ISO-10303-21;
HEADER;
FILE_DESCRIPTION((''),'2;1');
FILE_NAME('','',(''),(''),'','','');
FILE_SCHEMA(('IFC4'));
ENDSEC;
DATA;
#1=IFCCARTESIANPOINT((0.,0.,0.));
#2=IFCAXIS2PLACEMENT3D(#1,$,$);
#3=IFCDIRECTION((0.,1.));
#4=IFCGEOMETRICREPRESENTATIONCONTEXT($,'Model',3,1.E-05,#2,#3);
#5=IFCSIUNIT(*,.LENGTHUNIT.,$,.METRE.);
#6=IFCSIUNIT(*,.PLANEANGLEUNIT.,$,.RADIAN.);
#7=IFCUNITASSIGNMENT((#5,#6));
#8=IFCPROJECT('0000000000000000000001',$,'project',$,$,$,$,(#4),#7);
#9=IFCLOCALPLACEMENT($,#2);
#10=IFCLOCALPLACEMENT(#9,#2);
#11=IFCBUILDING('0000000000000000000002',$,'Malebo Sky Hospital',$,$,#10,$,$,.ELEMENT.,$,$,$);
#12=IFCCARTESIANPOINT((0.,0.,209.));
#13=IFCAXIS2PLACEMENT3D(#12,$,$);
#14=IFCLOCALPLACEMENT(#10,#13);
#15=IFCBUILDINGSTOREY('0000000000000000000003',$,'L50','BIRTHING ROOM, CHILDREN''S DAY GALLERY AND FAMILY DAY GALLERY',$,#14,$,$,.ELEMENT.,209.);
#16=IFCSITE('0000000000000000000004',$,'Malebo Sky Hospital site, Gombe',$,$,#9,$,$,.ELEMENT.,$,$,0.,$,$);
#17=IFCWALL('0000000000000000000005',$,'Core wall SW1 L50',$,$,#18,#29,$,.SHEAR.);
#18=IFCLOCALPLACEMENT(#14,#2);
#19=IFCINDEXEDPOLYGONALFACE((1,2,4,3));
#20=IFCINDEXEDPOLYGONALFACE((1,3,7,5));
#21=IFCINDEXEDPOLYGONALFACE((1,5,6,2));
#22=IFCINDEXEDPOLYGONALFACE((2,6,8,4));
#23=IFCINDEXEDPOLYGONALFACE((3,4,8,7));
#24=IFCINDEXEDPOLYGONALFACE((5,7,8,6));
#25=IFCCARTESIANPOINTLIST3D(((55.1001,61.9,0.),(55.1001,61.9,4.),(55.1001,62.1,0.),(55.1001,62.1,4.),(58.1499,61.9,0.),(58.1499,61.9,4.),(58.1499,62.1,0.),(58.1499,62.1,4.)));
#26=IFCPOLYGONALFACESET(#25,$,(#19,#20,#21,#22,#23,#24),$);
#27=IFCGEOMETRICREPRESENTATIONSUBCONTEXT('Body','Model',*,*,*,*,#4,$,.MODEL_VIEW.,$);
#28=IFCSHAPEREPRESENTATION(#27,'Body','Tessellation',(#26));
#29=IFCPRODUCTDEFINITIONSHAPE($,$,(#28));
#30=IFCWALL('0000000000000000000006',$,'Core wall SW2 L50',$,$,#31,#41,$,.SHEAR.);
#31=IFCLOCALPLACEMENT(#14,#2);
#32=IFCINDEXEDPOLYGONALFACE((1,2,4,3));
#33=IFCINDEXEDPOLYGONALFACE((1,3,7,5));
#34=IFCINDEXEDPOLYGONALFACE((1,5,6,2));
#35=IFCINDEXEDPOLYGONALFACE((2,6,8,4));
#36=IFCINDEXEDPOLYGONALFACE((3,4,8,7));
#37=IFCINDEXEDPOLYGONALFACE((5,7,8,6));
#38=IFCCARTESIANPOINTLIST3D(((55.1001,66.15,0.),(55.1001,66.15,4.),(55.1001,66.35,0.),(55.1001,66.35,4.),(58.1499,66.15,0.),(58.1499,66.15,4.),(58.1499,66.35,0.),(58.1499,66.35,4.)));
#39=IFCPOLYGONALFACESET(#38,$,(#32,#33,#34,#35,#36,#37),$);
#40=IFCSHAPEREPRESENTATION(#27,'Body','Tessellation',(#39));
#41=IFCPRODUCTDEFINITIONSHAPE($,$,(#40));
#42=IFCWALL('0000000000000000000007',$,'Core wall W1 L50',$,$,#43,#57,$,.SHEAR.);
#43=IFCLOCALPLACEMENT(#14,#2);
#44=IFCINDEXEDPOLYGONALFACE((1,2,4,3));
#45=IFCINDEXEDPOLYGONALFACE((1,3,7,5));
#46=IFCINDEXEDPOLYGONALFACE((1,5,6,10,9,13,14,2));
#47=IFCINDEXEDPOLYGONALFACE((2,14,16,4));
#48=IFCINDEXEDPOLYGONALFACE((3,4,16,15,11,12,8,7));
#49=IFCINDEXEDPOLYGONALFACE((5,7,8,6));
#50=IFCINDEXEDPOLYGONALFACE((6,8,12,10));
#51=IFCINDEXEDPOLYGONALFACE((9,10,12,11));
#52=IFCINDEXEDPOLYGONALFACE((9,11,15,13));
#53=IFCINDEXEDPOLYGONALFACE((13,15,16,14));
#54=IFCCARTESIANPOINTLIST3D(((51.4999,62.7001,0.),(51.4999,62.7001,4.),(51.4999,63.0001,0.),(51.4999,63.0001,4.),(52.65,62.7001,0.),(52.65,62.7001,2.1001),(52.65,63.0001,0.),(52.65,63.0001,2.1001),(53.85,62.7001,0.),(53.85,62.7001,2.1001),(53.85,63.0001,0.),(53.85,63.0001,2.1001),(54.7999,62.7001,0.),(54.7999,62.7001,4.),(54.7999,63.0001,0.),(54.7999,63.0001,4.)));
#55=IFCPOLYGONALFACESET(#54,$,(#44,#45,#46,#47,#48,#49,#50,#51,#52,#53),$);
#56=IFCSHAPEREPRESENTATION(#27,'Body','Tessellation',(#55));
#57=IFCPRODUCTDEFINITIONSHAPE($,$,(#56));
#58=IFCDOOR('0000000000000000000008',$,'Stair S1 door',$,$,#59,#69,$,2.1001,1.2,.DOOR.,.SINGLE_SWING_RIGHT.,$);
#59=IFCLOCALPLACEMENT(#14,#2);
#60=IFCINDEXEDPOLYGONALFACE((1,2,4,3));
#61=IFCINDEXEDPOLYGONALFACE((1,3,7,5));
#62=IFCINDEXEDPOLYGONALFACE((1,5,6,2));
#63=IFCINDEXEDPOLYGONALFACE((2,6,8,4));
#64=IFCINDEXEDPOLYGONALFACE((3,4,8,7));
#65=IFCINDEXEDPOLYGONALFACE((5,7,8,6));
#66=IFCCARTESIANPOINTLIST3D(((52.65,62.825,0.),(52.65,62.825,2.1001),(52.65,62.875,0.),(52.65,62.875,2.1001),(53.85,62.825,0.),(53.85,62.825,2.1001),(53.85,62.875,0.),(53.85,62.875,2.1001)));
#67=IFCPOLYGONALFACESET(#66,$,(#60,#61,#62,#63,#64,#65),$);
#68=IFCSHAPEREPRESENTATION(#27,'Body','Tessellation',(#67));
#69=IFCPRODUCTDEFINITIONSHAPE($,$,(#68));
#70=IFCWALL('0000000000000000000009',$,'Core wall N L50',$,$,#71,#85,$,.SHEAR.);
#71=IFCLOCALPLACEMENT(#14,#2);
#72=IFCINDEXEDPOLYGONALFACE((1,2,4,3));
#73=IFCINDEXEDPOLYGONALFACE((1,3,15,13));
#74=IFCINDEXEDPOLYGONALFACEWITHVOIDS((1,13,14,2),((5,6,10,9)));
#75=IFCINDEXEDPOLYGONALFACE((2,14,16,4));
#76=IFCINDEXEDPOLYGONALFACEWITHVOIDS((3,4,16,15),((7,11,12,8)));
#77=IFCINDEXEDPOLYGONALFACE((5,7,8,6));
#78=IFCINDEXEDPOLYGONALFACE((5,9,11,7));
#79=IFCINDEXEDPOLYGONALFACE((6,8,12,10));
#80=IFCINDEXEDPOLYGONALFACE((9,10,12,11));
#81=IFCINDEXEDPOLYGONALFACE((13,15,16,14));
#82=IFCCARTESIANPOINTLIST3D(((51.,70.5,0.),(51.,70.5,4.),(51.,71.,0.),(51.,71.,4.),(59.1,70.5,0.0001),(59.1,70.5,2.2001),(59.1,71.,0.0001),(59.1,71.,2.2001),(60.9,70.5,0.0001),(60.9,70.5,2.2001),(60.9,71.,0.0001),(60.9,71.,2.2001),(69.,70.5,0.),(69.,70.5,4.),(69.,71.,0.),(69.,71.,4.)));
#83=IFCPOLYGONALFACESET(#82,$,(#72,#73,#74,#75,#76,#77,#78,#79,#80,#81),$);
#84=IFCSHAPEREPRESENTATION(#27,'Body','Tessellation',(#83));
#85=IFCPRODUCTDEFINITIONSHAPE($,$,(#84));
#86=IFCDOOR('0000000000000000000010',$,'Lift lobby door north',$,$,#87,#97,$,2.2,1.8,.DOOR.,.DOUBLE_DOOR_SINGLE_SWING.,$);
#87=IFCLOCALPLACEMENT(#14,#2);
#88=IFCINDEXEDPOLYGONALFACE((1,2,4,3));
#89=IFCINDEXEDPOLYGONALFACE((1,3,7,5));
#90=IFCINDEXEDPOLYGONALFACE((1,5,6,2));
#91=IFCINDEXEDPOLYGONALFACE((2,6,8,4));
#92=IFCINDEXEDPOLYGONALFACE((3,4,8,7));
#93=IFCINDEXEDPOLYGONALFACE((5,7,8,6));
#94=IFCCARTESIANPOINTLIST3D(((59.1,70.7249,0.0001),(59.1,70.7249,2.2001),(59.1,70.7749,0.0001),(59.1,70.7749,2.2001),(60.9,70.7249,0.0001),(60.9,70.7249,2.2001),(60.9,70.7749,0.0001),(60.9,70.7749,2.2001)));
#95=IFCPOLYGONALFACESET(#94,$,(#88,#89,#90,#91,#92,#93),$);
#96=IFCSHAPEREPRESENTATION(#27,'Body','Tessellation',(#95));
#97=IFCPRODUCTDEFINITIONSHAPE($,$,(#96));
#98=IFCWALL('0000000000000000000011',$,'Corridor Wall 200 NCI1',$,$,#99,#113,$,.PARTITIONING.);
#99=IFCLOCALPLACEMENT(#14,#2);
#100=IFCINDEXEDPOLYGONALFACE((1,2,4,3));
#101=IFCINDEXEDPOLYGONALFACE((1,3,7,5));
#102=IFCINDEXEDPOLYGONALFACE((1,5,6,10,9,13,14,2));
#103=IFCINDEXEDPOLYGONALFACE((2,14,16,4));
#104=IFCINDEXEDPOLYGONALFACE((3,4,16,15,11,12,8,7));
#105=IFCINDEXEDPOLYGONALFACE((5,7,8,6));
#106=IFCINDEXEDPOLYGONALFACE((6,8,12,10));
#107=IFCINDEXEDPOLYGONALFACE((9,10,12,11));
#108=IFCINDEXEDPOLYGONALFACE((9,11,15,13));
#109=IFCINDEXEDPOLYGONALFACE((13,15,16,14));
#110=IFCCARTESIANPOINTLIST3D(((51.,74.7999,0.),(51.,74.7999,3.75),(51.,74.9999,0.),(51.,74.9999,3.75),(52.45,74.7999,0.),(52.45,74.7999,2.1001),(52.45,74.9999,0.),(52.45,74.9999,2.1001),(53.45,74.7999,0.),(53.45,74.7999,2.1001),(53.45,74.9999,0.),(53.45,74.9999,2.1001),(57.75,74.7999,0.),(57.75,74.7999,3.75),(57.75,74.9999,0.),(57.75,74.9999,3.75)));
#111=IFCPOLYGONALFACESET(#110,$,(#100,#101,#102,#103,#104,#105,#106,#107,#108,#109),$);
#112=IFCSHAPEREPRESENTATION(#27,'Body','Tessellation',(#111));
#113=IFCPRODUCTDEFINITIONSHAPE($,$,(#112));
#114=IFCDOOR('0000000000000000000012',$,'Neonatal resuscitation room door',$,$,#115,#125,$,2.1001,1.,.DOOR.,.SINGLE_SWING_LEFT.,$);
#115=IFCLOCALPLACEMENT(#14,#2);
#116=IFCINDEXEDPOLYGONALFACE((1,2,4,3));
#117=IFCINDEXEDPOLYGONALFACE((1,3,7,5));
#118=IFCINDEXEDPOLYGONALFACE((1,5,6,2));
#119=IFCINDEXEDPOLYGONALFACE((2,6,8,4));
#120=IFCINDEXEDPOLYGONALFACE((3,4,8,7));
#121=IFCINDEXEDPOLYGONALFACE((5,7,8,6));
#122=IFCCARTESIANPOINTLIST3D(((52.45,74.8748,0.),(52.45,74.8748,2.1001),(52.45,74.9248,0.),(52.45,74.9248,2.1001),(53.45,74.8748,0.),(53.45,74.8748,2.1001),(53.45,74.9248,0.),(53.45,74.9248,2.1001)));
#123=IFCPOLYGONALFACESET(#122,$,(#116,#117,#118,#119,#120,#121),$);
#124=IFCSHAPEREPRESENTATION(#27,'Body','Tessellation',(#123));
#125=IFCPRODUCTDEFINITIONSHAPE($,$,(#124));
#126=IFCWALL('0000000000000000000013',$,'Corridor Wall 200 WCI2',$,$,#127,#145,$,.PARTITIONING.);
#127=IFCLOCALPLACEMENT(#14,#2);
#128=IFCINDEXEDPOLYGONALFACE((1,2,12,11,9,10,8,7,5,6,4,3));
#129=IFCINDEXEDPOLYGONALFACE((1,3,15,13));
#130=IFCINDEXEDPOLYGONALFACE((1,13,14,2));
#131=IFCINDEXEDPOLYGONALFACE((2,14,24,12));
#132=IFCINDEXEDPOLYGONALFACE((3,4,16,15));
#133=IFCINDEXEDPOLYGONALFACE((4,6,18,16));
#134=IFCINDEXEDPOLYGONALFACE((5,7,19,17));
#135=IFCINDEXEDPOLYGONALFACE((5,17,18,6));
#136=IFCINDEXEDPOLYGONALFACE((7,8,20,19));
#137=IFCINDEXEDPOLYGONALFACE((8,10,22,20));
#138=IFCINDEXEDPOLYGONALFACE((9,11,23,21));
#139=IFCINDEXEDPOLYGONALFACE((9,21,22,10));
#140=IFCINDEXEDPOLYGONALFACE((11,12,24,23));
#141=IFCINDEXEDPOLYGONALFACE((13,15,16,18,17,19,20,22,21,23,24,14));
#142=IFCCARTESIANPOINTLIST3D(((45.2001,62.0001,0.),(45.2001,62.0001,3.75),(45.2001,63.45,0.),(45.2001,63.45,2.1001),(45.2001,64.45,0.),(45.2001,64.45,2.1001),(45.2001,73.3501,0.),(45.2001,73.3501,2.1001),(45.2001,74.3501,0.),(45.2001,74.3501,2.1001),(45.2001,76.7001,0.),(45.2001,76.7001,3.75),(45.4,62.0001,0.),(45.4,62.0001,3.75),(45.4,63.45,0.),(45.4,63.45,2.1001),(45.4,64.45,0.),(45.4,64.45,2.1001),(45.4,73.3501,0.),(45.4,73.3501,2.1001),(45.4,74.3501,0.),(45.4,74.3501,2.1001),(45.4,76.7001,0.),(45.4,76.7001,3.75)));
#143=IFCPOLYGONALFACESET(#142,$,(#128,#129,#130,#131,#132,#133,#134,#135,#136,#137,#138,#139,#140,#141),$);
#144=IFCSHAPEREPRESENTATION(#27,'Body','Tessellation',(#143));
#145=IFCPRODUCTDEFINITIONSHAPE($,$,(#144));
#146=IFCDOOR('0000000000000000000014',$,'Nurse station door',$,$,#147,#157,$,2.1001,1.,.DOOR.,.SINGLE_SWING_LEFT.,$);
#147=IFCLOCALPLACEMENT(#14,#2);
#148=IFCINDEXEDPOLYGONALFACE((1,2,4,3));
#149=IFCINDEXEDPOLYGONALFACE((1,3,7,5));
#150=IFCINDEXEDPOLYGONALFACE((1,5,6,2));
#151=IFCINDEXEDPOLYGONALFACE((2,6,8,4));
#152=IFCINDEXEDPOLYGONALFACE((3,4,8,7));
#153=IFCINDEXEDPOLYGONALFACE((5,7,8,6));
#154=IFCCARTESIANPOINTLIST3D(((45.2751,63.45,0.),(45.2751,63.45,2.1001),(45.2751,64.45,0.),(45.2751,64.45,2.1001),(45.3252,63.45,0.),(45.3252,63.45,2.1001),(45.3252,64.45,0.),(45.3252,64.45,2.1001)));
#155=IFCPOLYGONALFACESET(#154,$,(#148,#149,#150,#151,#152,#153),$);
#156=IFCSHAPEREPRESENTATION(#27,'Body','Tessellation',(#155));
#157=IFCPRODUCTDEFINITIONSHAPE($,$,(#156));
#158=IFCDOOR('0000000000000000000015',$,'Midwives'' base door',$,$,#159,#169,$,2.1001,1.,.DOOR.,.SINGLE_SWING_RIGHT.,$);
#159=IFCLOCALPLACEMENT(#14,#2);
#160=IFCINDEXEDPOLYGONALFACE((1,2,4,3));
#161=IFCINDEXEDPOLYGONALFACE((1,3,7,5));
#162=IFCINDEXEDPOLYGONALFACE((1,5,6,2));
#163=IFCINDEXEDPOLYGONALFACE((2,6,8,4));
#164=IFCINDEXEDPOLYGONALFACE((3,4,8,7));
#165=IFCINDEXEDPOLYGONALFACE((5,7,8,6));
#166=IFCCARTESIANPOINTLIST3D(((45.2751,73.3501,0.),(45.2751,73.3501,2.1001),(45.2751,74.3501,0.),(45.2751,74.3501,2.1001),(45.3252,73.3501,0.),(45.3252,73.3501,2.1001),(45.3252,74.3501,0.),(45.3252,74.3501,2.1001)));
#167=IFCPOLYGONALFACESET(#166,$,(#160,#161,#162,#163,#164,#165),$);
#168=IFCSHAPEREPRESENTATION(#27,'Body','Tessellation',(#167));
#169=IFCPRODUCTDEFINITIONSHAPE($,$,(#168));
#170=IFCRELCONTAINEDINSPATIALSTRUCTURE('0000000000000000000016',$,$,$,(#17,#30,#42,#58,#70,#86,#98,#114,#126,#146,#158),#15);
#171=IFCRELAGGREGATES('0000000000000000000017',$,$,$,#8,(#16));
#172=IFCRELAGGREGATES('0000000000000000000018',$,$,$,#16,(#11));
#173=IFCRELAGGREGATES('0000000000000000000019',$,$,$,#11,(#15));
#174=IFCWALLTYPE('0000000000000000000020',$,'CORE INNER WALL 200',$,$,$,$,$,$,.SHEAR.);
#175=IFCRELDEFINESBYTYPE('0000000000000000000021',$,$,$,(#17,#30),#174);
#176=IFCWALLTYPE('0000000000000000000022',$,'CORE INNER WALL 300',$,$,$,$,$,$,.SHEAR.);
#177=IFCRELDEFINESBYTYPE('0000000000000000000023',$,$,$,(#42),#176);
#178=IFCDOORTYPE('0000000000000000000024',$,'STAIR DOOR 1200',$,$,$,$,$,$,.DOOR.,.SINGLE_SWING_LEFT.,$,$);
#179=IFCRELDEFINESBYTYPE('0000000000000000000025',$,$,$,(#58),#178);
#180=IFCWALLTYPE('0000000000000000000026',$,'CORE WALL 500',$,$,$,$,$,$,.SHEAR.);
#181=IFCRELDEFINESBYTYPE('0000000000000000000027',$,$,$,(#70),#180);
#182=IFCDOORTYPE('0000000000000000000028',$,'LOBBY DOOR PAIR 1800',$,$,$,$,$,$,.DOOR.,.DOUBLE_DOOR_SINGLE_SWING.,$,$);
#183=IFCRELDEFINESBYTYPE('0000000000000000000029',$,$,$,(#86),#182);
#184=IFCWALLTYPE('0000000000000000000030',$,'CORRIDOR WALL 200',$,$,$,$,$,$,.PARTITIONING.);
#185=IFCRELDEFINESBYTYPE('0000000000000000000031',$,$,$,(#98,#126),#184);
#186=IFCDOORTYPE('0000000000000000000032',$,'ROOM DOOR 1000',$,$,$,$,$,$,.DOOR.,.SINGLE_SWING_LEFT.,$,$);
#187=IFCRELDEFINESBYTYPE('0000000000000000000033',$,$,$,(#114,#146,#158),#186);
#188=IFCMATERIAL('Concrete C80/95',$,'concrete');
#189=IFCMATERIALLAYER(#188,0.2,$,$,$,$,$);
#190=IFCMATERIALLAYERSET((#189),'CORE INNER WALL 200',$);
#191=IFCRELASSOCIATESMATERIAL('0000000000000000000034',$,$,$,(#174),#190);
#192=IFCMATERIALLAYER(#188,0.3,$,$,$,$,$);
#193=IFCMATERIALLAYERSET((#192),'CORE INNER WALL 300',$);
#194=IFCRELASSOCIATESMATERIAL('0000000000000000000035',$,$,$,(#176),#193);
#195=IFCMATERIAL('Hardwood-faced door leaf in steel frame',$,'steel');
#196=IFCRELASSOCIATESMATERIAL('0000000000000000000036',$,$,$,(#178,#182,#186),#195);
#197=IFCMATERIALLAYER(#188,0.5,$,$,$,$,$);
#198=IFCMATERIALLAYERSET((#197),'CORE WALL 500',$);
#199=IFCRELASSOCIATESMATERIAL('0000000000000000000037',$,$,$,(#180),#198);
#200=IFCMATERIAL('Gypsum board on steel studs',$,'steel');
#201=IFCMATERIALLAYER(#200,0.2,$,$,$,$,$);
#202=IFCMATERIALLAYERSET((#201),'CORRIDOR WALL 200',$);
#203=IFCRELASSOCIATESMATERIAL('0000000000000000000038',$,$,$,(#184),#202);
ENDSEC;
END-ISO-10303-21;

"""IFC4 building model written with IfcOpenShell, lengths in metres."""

from ifc_helpers import new_model, si_unit, direction, frame, frame_2d, origin, place, context, subcontext, project, spatial, rectangle, extrude, material, layer, layer_set, type_object, element, fill, save


model = new_model("IFC4")

# Units and contexts
model_context = context("Model", 3, precision=1e-05, world=origin(), true_north=direction((0.0, 1.0)))
body_context = subcontext(model_context, "Body", "Model", "MODEL_VIEW")
ifc_project = project(units=[si_unit("LENGTHUNIT", "METRE"), si_unit("PLANEANGLEUNIT", "RADIAN")], contexts=[model_context])

# Site, building, storey
site_placement = place(None, origin())
site = spatial("IfcSite", under=ifc_project, at=site_placement, Name="Malebo Sky Hospital site, Gombe", CompositionType="ELEMENT", RefElevation=0.0)
building_placement = place(site_placement, origin())
building = spatial("IfcBuilding", under=site, at=building_placement, Name="Malebo Sky Hospital", CompositionType="ELEMENT")
storey_placement = place(building_placement, frame((0.0, 0.0, 209.0)))
storey = spatial("IfcBuildingStorey", under=building, at=storey_placement, Name="L50", Description="BIRTHING ROOM, CHILDREN'S DAY GALLERY AND FAMILY DAY GALLERY", CompositionType="ELEMENT", Elevation=209.0)

# Walls
ifc_material_1 = material(Name="Concrete C80/95", Category="concrete")
ifc_layer_1 = layer(ifc_material_1, 0.2)
ifc_layer_set_1 = layer_set([ifc_layer_1], Name="CORE INNER WALL 200")
wall_type_1 = type_object("IfcWallType", Name="CORE INNER WALL 200", PredefinedType="SHEAR", material=ifc_layer_set_1)
for number, where, z_axis, x_axis, name in (
    (1, (55.1001, 62.0, 0.0), (0.0, 0.0, 1.0), (1.0, 0.0, 0.0), "Core wall SW1 L50"),
    (2, (55.1001, 66.25, 0.0), (0.0, 0.0, 1.0), (1.0, 0.0, 0.0), "Core wall SW2 L50"),
):
    element("IfcWall", number, at=place(storey_placement, frame(where, z_axis=z_axis, x_axis=x_axis)), inside=storey, type_object=wall_type_1, Name=name, PredefinedType="SHEAR", context=body_context, shape_type="SweptSolid", body=[
        extrude(rectangle(XDim=3.0498, YDim=0.2, at=frame_2d((1.5249, 0.0))), origin(), (0.0, 0.0, 1.0), 4.0),
    ])

# Walls, openings, doors
ifc_layer_2 = layer(ifc_material_1, 0.3)
ifc_layer_set_2 = layer_set([ifc_layer_2], Name="CORE INNER WALL 300")
wall_type_2 = type_object("IfcWallType", Name="CORE INNER WALL 300", PredefinedType="SHEAR", material=ifc_layer_set_2)
wall_1_placement = place(storey_placement, frame((51.5, 62.8501, 0.0), z_axis=(0.0, 0.0, 1.0), x_axis=(1.0, 0.0, 0.0)))
wall_1 = element("IfcWall", 3, at=wall_1_placement, inside=storey, type_object=wall_type_2, Name="Core wall W1 L50", PredefinedType="SHEAR", context=body_context, shape_type="SweptSolid", body=[
    extrude(rectangle(XDim=3.3, YDim=0.3, at=frame_2d((1.6499, 0.0))), origin(), (0.0, 0.0, 1.0), 4.0),
])
opening_1_placement = place(wall_1_placement, frame((1.1499, 0.0, 0.0)))
opening_1 = element("IfcOpeningElement", 4, at=opening_1_placement, cuts=wall_1, PredefinedType="OPENING", context=body_context, shape_type="SweptSolid", body=[
    extrude(rectangle(XDim=1.2, YDim=2.1001, at=frame_2d((0.6001, 1.05))), frame((0.0, 0.1599, 0.0), z_axis=(0.0, -1.0, 0.0), x_axis=(1.0, 0.0, 0.0)), (0.0, 0.0, 1.0), 0.3201),
])
ifc_material_2 = material(Name="Hardwood-faced door leaf in steel frame", Category="steel")
door_type_1 = type_object("IfcDoorType", Name="STAIR DOOR 1200", OperationType="SINGLE_SWING_LEFT", PredefinedType="DOOR", material=ifc_material_2)
door_1_placement = place(opening_1_placement, origin())
door_1 = element("IfcDoor", 5, at=door_1_placement, inside=storey, type_object=door_type_1, Name="Stair S1 door", OperationType="SINGLE_SWING_RIGHT", OverallHeight=2.1001, OverallWidth=1.2, PredefinedType="DOOR", context=body_context, shape_type="SweptSolid", body=[
    extrude(rectangle(XDim=1.2, YDim=2.1001, at=frame_2d((0.6001, 1.05))), frame((0.0, 0.0249, 0.0), z_axis=(0.0, -1.0, 0.0), x_axis=(1.0, 0.0, 0.0)), (0.0, 0.0, 1.0), 0.05),
])
fill(opening_1, door_1)
ifc_layer_3 = layer(ifc_material_1, 0.5)
ifc_layer_set_3 = layer_set([ifc_layer_3], Name="CORE WALL 500")
wall_type_3 = type_object("IfcWallType", Name="CORE WALL 500", PredefinedType="SHEAR", material=ifc_layer_set_3)
wall_2_placement = place(storey_placement, frame((51.0, 70.75, 0.0), z_axis=(0.0, 0.0, 1.0), x_axis=(1.0, 0.0, 0.0)))
wall_2 = element("IfcWall", 6, at=wall_2_placement, inside=storey, type_object=wall_type_3, Name="Core wall N L50", PredefinedType="SHEAR", context=body_context, shape_type="SweptSolid", body=[
    extrude(rectangle(XDim=18.0, YDim=0.5, at=frame_2d((9.0, 0.0))), origin(), (0.0, 0.0, 1.0), 4.0),
])
opening_2_placement = place(wall_2_placement, frame((8.1001, 0.0, 0.0)))
opening_2 = element("IfcOpeningElement", 7, at=opening_2_placement, cuts=wall_2, PredefinedType="OPENING", context=body_context, shape_type="SweptSolid", body=[
    extrude(rectangle(XDim=1.8, YDim=2.2, at=frame_2d((0.8999, 1.1001))), frame((0.0, 0.26, 0.0), z_axis=(0.0, -1.0, 0.0), x_axis=(1.0, 0.0, 0.0)), (0.0, 0.0, 1.0), 0.52),
])
door_type_2 = type_object("IfcDoorType", Name="LOBBY DOOR PAIR 1800", OperationType="DOUBLE_DOOR_SINGLE_SWING", PredefinedType="DOOR", material=ifc_material_2)
door_2_placement = place(opening_2_placement, origin())
door_2 = element("IfcDoor", 8, at=door_2_placement, inside=storey, type_object=door_type_2, Name="Lift lobby door north", OperationType="DOUBLE_DOOR_SINGLE_SWING", OverallHeight=2.2, OverallWidth=1.8, PredefinedType="DOOR", context=body_context, shape_type="SweptSolid", body=[
    extrude(rectangle(XDim=1.8, YDim=2.2, at=frame_2d((0.8999, 1.1001))), frame((0.0, 0.0249, 0.0), z_axis=(0.0, -1.0, 0.0), x_axis=(1.0, 0.0, 0.0)), (0.0, 0.0, 1.0), 0.05),
])
fill(opening_2, door_2)
ifc_material_3 = material(Name="Gypsum board on steel studs", Category="steel")
ifc_layer_4 = layer(ifc_material_3, 0.2)
ifc_layer_set_4 = layer_set([ifc_layer_4], Name="CORRIDOR WALL 200")
wall_type_4 = type_object("IfcWallType", Name="CORRIDOR WALL 200", PredefinedType="PARTITIONING", material=ifc_layer_set_4)
wall_3_placement = place(storey_placement, frame((51.0, 74.8999, 0.0), z_axis=(0.0, 0.0, 1.0), x_axis=(1.0, 0.0, 0.0)))
wall_3 = element("IfcWall", 9, at=wall_3_placement, inside=storey, type_object=wall_type_4, Name="Corridor Wall 200 NCI1", PredefinedType="PARTITIONING", context=body_context, shape_type="SweptSolid", body=[
    extrude(rectangle(XDim=6.75, YDim=0.2, at=frame_2d((3.375, 0.0))), origin(), (0.0, 0.0, 1.0), 3.75),
])
opening_3_placement = place(wall_3_placement, frame((1.45, 0.0, 0.0)))
opening_3 = element("IfcOpeningElement", 10, at=opening_3_placement, cuts=wall_3, PredefinedType="OPENING", context=body_context, shape_type="SweptSolid", body=[
    extrude(rectangle(XDim=1.0, YDim=2.1001, at=frame_2d((0.5, 1.05))), frame((0.0, 0.1099, 0.0), z_axis=(0.0, -1.0, 0.0), x_axis=(1.0, 0.0, 0.0)), (0.0, 0.0, 1.0), 0.22),
])
door_type_3 = type_object("IfcDoorType", Name="ROOM DOOR 1000", OperationType="SINGLE_SWING_LEFT", PredefinedType="DOOR", material=ifc_material_2)
door_3_placement = place(opening_3_placement, origin())
door_3 = element("IfcDoor", 11, at=door_3_placement, inside=storey, type_object=door_type_3, Name="Neonatal resuscitation room door", OperationType="SINGLE_SWING_LEFT", OverallHeight=2.1001, OverallWidth=1.0, PredefinedType="DOOR", context=body_context, shape_type="SweptSolid", body=[
    extrude(rectangle(XDim=1.0, YDim=2.1001, at=frame_2d((0.5, 1.05))), frame((0.0, 0.0249, 0.0), z_axis=(0.0, -1.0, 0.0), x_axis=(1.0, 0.0, 0.0)), (0.0, 0.0, 1.0), 0.05),
])
fill(opening_3, door_3)

# Wall, openings, doors
wall_4_placement = place(storey_placement, frame((45.3, 62.0, 0.0), z_axis=(0.0, 0.0, 1.0), x_axis=(0.0, 1.0, 0.0)))
wall_4 = element("IfcWall", 12, at=wall_4_placement, inside=storey, type_object=wall_type_4, Name="Corridor Wall 200 WCI2", PredefinedType="PARTITIONING", context=body_context, shape_type="SweptSolid", body=[
    extrude(rectangle(XDim=14.7, YDim=0.2, at=frame_2d((7.3501, 0.0))), origin(), (0.0, 0.0, 1.0), 3.75),
])
opening_4_placement = place(wall_4_placement, frame((1.45, 0.0, 0.0)))
opening_4 = element("IfcOpeningElement", 13, at=opening_4_placement, cuts=wall_4, PredefinedType="OPENING", context=body_context, shape_type="SweptSolid", body=[
    extrude(rectangle(XDim=1.0, YDim=2.1001, at=frame_2d((0.5, 1.05))), frame((0.0, 0.1099, 0.0), z_axis=(0.0, -1.0, 0.0), x_axis=(1.0, 0.0, 0.0)), (0.0, 0.0, 1.0), 0.22),
])
opening_5_placement = place(wall_4_placement, frame((11.3501, 0.0, 0.0)))
opening_5 = element("IfcOpeningElement", 14, at=opening_5_placement, cuts=wall_4, PredefinedType="OPENING", context=body_context, shape_type="SweptSolid", body=[
    extrude(rectangle(XDim=1.0, YDim=2.1001, at=frame_2d((0.5, 1.05))), frame((0.0, 0.1099, 0.0), z_axis=(0.0, -1.0, 0.0), x_axis=(1.0, 0.0, 0.0)), (0.0, 0.0, 1.0), 0.22),
])
door_4_placement = place(opening_4_placement, origin())
door_4 = element("IfcDoor", 15, at=door_4_placement, inside=storey, type_object=door_type_3, Name="Nurse station door", OperationType="SINGLE_SWING_LEFT", OverallHeight=2.1001, OverallWidth=1.0, PredefinedType="DOOR", context=body_context, shape_type="SweptSolid", body=[
    extrude(rectangle(XDim=1.0, YDim=2.1001, at=frame_2d((0.5, 1.05))), frame((0.0, 0.0249, 0.0), z_axis=(0.0, -1.0, 0.0), x_axis=(1.0, 0.0, 0.0)), (0.0, 0.0, 1.0), 0.05),
])
fill(opening_4, door_4)
door_5_placement = place(opening_5_placement, origin())
door_5 = element("IfcDoor", 16, at=door_5_placement, inside=storey, type_object=door_type_3, Name="Midwives' base door", OperationType="SINGLE_SWING_RIGHT", OverallHeight=2.1001, OverallWidth=1.0, PredefinedType="DOOR", context=body_context, shape_type="SweptSolid", body=[
    extrude(rectangle(XDim=1.0, YDim=2.1001, at=frame_2d((0.5, 1.05))), frame((0.0, 0.0249, 0.0), z_axis=(0.0, -1.0, 0.0), x_axis=(1.0, 0.0, 0.0)), (0.0, 0.0, 1.0), 0.05),
])
fill(opening_5, door_5)

save(model, "model.ifc")
